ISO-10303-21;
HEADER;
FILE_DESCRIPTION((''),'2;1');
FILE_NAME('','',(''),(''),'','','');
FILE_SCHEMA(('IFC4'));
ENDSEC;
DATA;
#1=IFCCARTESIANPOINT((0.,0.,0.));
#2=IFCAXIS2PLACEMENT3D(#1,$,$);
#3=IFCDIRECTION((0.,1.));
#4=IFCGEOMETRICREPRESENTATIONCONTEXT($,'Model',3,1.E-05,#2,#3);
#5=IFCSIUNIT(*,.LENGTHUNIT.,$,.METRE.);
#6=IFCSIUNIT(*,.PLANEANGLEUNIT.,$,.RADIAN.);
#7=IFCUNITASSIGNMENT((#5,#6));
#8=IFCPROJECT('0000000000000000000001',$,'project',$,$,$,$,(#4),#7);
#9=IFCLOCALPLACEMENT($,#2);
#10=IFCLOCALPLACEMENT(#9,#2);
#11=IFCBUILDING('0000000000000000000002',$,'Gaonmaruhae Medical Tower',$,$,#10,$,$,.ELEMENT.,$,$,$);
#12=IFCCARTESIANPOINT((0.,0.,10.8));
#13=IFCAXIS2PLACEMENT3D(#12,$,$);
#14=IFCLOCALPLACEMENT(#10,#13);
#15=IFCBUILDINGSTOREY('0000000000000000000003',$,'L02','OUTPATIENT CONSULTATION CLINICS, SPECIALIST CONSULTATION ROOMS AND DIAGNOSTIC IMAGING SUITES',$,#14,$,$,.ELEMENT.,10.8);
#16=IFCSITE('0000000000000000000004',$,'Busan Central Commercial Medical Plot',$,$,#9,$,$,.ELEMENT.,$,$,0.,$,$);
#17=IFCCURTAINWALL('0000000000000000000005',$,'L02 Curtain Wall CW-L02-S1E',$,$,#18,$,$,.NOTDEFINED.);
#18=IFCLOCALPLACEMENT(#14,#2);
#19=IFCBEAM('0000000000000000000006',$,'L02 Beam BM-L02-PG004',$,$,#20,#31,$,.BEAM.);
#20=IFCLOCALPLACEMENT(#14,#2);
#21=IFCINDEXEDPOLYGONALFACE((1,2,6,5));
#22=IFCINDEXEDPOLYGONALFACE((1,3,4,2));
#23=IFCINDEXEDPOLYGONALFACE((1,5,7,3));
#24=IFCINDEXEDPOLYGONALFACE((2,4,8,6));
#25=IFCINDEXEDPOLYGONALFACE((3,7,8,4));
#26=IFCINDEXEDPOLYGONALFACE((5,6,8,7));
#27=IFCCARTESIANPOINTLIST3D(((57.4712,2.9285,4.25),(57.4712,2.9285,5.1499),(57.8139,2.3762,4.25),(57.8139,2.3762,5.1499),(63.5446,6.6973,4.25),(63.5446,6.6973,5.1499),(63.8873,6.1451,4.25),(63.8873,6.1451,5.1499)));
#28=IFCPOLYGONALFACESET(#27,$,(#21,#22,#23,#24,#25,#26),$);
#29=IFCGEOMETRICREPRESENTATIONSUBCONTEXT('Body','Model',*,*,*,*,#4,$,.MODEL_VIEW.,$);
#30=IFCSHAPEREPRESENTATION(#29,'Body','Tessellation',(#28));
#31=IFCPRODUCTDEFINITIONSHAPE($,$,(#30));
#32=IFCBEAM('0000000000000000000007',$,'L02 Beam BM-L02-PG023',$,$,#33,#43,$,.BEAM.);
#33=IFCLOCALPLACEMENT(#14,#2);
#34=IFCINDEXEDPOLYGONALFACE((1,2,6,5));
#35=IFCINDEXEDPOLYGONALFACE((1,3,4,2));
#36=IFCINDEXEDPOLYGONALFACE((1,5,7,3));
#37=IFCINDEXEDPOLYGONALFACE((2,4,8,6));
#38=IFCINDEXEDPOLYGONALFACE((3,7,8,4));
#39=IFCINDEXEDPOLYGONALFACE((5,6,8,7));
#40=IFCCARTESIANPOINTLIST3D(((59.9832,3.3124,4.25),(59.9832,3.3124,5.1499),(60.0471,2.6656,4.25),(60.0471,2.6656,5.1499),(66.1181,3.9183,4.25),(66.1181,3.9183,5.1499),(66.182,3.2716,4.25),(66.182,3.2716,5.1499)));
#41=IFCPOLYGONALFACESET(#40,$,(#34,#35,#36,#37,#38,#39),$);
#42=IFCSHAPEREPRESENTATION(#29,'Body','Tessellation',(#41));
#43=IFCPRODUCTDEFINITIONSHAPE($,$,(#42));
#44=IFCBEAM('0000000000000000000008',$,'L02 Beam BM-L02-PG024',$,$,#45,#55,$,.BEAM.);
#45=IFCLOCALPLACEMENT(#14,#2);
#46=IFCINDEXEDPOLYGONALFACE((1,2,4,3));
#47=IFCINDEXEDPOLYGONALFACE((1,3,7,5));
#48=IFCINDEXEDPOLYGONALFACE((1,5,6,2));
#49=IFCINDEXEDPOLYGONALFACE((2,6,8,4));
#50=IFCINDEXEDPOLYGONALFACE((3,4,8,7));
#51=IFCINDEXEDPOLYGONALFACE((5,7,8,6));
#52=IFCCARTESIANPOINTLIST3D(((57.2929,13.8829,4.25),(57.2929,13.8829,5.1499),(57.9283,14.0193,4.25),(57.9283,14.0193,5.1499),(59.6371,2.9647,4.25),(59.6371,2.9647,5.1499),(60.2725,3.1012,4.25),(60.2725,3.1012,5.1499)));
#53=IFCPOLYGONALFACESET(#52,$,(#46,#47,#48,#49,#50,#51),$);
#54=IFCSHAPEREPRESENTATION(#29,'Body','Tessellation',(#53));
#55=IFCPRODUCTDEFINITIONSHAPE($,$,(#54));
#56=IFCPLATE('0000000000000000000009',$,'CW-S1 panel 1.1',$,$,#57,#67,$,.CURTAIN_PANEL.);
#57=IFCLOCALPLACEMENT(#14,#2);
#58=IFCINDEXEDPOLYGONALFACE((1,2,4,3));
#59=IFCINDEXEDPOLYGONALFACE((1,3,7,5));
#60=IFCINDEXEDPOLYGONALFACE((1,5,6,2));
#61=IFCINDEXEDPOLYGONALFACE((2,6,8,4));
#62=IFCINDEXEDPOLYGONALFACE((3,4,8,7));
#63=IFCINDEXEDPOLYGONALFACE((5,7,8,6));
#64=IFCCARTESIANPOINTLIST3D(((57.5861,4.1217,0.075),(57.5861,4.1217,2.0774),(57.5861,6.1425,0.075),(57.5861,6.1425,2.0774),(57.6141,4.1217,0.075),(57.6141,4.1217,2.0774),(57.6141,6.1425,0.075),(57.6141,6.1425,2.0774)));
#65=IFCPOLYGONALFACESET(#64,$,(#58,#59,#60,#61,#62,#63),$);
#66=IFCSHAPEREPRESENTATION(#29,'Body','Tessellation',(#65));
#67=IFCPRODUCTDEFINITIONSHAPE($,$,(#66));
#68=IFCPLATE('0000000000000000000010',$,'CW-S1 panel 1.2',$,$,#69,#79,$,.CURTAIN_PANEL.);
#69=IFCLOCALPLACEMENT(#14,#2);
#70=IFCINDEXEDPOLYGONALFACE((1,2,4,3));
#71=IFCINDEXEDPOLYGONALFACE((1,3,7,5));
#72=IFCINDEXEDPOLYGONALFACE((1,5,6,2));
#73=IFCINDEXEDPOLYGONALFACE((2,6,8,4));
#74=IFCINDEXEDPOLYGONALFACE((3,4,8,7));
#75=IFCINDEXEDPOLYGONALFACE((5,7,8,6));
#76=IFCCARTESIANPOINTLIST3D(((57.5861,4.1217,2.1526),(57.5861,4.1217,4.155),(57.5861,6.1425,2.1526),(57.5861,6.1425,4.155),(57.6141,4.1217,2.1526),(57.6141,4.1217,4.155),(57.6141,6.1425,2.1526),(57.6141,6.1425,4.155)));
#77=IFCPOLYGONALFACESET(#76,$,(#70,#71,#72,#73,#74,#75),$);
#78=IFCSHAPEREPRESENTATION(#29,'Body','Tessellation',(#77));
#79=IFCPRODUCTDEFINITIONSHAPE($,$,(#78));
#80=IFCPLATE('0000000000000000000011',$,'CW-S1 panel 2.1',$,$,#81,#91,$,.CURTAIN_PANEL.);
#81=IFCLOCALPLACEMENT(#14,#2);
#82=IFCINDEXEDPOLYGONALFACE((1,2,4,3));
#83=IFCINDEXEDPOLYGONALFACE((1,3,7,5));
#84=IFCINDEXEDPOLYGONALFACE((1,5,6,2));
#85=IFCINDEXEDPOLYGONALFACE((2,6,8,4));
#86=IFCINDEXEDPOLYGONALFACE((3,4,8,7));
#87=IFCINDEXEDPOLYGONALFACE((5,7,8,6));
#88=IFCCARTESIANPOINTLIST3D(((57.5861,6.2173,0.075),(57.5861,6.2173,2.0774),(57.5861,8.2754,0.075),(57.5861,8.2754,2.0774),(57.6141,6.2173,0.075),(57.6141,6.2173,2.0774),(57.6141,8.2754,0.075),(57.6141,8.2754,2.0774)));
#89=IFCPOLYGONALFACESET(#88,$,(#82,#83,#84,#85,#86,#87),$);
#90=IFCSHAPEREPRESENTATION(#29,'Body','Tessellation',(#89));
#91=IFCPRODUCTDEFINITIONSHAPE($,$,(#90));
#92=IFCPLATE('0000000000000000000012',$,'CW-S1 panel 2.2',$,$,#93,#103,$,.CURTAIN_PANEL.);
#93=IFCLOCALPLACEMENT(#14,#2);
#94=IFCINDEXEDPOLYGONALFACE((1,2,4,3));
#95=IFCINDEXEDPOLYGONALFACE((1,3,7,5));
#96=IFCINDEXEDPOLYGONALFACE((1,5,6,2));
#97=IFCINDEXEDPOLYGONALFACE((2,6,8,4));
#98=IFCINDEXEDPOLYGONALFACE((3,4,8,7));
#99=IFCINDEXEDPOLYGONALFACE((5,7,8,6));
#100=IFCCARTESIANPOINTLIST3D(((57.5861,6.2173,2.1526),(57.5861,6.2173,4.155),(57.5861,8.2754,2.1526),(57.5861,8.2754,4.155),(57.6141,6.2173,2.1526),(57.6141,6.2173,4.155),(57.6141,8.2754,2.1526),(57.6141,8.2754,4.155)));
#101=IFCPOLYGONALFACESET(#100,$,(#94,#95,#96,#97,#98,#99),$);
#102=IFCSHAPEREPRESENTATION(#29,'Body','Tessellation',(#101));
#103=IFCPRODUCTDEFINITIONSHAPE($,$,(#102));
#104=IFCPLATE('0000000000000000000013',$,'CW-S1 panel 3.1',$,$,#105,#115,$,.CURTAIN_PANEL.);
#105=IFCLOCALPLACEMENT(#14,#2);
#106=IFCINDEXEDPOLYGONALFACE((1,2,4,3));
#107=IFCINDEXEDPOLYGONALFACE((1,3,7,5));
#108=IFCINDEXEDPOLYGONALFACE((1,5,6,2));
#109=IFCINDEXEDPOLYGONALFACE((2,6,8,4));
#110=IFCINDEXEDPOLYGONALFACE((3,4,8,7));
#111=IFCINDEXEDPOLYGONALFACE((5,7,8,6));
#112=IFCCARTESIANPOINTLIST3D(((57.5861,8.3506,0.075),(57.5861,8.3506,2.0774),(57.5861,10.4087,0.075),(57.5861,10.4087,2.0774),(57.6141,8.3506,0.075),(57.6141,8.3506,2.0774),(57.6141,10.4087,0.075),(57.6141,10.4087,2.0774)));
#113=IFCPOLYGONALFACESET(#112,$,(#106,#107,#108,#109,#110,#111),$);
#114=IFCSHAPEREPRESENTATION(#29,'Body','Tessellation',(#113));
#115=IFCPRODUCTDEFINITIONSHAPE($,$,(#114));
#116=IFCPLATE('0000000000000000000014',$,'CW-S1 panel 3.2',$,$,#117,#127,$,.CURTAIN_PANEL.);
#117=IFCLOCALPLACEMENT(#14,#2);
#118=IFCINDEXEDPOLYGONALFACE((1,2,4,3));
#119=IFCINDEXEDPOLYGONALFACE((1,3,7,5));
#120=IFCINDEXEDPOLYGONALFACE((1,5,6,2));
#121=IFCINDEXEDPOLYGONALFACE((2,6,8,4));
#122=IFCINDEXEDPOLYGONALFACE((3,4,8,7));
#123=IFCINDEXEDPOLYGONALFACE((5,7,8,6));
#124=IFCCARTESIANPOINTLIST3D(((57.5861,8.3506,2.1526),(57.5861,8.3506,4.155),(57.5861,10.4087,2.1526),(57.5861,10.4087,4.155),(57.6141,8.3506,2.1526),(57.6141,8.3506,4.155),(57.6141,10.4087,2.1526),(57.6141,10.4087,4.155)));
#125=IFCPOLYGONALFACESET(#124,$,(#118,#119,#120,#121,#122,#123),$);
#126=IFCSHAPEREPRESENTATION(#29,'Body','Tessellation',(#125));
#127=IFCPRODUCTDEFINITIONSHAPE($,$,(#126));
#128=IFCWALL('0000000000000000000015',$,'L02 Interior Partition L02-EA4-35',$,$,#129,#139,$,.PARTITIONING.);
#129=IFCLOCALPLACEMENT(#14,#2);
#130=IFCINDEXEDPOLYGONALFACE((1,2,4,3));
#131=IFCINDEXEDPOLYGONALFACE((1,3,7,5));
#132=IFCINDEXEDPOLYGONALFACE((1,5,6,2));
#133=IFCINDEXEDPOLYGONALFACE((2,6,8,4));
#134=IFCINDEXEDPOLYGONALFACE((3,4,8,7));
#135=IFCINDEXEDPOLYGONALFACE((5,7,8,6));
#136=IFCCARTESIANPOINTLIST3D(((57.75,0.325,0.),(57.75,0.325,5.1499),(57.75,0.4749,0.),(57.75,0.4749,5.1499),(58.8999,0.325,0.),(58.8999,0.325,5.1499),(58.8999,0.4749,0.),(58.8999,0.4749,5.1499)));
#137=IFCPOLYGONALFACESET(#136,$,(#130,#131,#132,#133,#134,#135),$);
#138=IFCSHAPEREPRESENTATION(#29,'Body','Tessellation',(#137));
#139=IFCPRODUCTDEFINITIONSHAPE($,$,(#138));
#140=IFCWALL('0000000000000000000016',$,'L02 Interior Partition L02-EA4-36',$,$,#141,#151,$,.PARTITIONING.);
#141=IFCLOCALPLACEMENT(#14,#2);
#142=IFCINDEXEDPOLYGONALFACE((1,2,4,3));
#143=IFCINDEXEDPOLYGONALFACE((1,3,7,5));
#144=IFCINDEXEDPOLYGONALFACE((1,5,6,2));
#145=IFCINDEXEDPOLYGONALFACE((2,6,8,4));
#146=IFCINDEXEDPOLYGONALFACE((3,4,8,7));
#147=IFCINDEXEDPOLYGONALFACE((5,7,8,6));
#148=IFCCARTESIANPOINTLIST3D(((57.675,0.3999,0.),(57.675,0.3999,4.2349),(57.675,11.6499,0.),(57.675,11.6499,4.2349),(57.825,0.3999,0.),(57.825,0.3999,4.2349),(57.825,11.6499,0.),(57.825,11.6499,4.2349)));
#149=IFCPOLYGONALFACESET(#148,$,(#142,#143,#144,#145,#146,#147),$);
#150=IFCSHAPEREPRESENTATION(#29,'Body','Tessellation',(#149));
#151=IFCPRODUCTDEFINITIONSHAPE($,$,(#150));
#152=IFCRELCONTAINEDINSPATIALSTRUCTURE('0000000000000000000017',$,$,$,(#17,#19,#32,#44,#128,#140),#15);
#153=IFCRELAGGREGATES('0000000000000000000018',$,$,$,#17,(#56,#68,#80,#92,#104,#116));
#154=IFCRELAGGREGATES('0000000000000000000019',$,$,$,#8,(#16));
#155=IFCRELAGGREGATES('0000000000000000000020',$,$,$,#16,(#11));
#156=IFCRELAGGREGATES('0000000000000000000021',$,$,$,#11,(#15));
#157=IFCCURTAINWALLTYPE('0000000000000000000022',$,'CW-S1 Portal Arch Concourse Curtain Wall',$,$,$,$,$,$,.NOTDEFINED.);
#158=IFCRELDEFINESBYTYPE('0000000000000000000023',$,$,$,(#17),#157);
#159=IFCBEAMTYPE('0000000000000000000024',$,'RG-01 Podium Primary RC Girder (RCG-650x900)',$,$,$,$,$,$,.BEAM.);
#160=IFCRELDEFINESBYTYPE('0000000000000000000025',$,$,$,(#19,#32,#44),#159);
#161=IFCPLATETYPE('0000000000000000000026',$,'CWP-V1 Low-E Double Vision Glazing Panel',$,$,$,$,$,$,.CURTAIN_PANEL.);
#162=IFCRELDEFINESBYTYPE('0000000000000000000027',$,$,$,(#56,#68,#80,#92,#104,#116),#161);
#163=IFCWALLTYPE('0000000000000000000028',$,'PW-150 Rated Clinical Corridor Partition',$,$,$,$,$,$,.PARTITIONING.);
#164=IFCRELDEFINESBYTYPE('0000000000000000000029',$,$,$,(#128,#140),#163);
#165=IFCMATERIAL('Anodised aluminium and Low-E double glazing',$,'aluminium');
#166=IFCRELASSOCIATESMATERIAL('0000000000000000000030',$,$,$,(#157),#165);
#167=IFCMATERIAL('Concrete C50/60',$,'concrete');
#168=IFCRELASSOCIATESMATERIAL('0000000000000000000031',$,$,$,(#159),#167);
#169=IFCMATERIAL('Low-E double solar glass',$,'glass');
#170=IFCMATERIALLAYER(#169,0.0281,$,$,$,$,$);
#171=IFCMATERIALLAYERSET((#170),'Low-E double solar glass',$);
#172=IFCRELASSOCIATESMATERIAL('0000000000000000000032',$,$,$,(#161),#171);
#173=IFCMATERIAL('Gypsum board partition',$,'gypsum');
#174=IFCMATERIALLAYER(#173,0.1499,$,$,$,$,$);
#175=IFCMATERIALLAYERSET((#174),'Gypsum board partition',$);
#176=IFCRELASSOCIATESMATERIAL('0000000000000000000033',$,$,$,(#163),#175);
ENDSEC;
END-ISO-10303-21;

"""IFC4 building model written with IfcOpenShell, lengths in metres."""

from ifc_helpers import new_model, si_unit, direction, frame, frame_2d, origin, origin_2d, place, context, subcontext, project, spatial, rectangle, extrude, material, layer, layer_set, material_profile, profile_set, type_object, element, aggregate, save


model = new_model("IFC4")

# Units and contexts
model_context = context("Model", 3, precision=1e-05, world=origin(), true_north=direction((0.0, 1.0)))
body_context = subcontext(model_context, "Body", "Model", "MODEL_VIEW")
ifc_project = project(units=[si_unit("LENGTHUNIT", "METRE"), si_unit("PLANEANGLEUNIT", "RADIAN")], contexts=[model_context])

# Site, building, storey
site_placement = place(None, origin())
site = spatial("IfcSite", under=ifc_project, at=site_placement, Name="Busan Central Commercial Medical Plot", CompositionType="ELEMENT", RefElevation=0.0)
building_placement = place(site_placement, origin())
building = spatial("IfcBuilding", under=site, at=building_placement, Name="Gaonmaruhae Medical Tower", CompositionType="ELEMENT")
storey_placement = place(building_placement, frame((0.0, 0.0, 10.8)))
storey = spatial("IfcBuildingStorey", under=building, at=storey_placement, Name="L02", Description="OUTPATIENT CONSULTATION CLINICS, SPECIALIST CONSULTATION ROOMS AND DIAGNOSTIC IMAGING SUITES", CompositionType="ELEMENT", Elevation=10.8)

# Shared definitions
ifc_material_1 = material(Name="Concrete C50/60", Category="concrete")

# Curtain wall
ifc_material_2 = material(Name="Anodised aluminium and Low-E double glazing", Category="aluminium")
curtain_wall_type = type_object("IfcCurtainWallType", Name="CW-S1 Portal Arch Concourse Curtain Wall", PredefinedType="NOTDEFINED", material=ifc_material_2)
curtain_wall_placement = place(storey_placement, origin())
curtain_wall = element("IfcCurtainWall", 1, at=curtain_wall_placement, inside=storey, type_object=curtain_wall_type, Name="L02 Curtain Wall CW-L02-S1E", PredefinedType="NOTDEFINED")

# Beams
ifc_material_profile_1 = material_profile(ifc_material_1, rectangle(XDim=0.6499, YDim=0.8999, at=origin_2d()), Name="RCG-650x900")
ifc_profile_set_1 = profile_set([ifc_material_profile_1], Name="Concrete C50/60")
beam_type = type_object("IfcBeamType", Name="RG-01 Podium Primary RC Girder (RCG-650x900)", PredefinedType="BEAM", material=ifc_profile_set_1)
beam_1_placement = place(storey_placement, frame((57.6426, 2.6523, 4.7), z_axis=(0.84969, 0.527282, 0.0), x_axis=(-0.527282, 0.84969, 0.0)))
element("IfcBeam", 2, at=beam_1_placement, inside=storey, type_object=beam_type, Name="L02 Beam BM-L02-PG004", PredefinedType="BEAM", context=body_context, shape_type="SweptSolid", body=[
    extrude(rectangle(XDim=0.6499, YDim=0.8999, at=origin_2d()), origin(), (0.0, 0.0, 1.0), 7.1477),
])
beam_2_placement = place(storey_placement, frame((60.0151, 2.989, 4.7), z_axis=(0.995158, 0.098292, 0.0), x_axis=(-0.098292, 0.995158, 0.0)))
element("IfcBeam", 3, at=beam_2_placement, inside=storey, type_object=beam_type, Name="L02 Beam BM-L02-PG023", PredefinedType="BEAM", context=body_context, shape_type="SweptSolid", body=[
    extrude(rectangle(XDim=0.6499, YDim=0.8999, at=origin_2d()), origin(), (0.0, 0.0, 1.0), 6.1648),
])
beam_3_placement = place(storey_placement, frame((59.9548, 3.033, 4.7), z_axis=(-0.209925, 0.977718, 0.0), x_axis=(-0.977718, -0.209925, 0.0)))
element("IfcBeam", 4, at=beam_3_placement, inside=storey, type_object=beam_type, Name="L02 Beam BM-L02-PG024", PredefinedType="BEAM", context=body_context, shape_type="SweptSolid", body=[
    extrude(rectangle(XDim=0.6499, YDim=0.8999, at=origin_2d()), origin(), (0.0, 0.0, 1.0), 11.167),
])

# Plates
ifc_material_3 = material(Name="Low-E double solar glass", Category="glass")
ifc_layer_1 = layer(ifc_material_3, 0.0281)
ifc_layer_set_1 = layer_set([ifc_layer_1], Name="Low-E double solar glass")
plate_type = type_object("IfcPlateType", Name="CWP-V1 Low-E Double Vision Glazing Panel", PredefinedType="CURTAIN_PANEL", material=ifc_layer_set_1)
plate_1_placement = place(storey_placement, frame((57.6001, 5.1321, 0.075), z_axis=(0.0, 0.0, 1.0), x_axis=(0.0, 1.0, 0.0)))
plate_1 = element("IfcPlate", 5, at=plate_1_placement, type_object=plate_type, Name="CW-S1 panel 1.1", PredefinedType="CURTAIN_PANEL", context=body_context, shape_type="SweptSolid", body=[
    extrude(rectangle(XDim=2.0208, YDim=0.0281, at=origin_2d()), origin(), (0.0, 0.0, 1.0), 2.0024),
])
plate_2_placement = place(storey_placement, frame((57.6001, 5.1321, 2.1526), z_axis=(0.0, 0.0, 1.0), x_axis=(0.0, 1.0, 0.0)))
plate_2 = element("IfcPlate", 6, at=plate_2_placement, type_object=plate_type, Name="CW-S1 panel 1.2", PredefinedType="CURTAIN_PANEL", context=body_context, shape_type="SweptSolid", body=[
    extrude(rectangle(XDim=2.0208, YDim=0.0281, at=origin_2d()), origin(), (0.0, 0.0, 1.0), 2.0024),
])
plate_3_placement = place(storey_placement, frame((57.6001, 7.2463, 0.075), z_axis=(0.0, 0.0, 1.0), x_axis=(0.0, 1.0, 0.0)))
plate_3 = element("IfcPlate", 7, at=plate_3_placement, type_object=plate_type, Name="CW-S1 panel 2.1", PredefinedType="CURTAIN_PANEL", context=body_context, shape_type="SweptSolid", body=[
    extrude(rectangle(XDim=2.0581, YDim=0.0281, at=origin_2d()), origin(), (0.0, 0.0, 1.0), 2.0024),
])
plate_4_placement = place(storey_placement, frame((57.6001, 7.2463, 2.1526), z_axis=(0.0, 0.0, 1.0), x_axis=(0.0, 1.0, 0.0)))
plate_4 = element("IfcPlate", 8, at=plate_4_placement, type_object=plate_type, Name="CW-S1 panel 2.2", PredefinedType="CURTAIN_PANEL", context=body_context, shape_type="SweptSolid", body=[
    extrude(rectangle(XDim=2.0581, YDim=0.0281, at=origin_2d()), origin(), (0.0, 0.0, 1.0), 2.0024),
])
plate_5_placement = place(storey_placement, frame((57.6001, 9.3796, 0.075), z_axis=(0.0, 0.0, 1.0), x_axis=(0.0, 1.0, 0.0)))
plate_5 = element("IfcPlate", 9, at=plate_5_placement, type_object=plate_type, Name="CW-S1 panel 3.1", PredefinedType="CURTAIN_PANEL", context=body_context, shape_type="SweptSolid", body=[
    extrude(rectangle(XDim=2.0581, YDim=0.0281, at=origin_2d()), origin(), (0.0, 0.0, 1.0), 2.0024),
])
plate_6_placement = place(storey_placement, frame((57.6001, 9.3796, 2.1526), z_axis=(0.0, 0.0, 1.0), x_axis=(0.0, 1.0, 0.0)))
plate_6 = element("IfcPlate", 10, at=plate_6_placement, type_object=plate_type, Name="CW-S1 panel 3.2", PredefinedType="CURTAIN_PANEL", context=body_context, shape_type="SweptSolid", body=[
    extrude(rectangle(XDim=2.0581, YDim=0.0281, at=origin_2d()), origin(), (0.0, 0.0, 1.0), 2.0024),
])
aggregate(curtain_wall, [plate_1, plate_2, plate_3, plate_4, plate_5, plate_6])

# Walls
ifc_material_4 = material(Name="Gypsum board partition", Category="gypsum")
ifc_layer_2 = layer(ifc_material_4, 0.1499)
ifc_layer_set_2 = layer_set([ifc_layer_2], Name="Gypsum board partition")
wall_type = type_object("IfcWallType", Name="PW-150 Rated Clinical Corridor Partition", PredefinedType="PARTITIONING", material=ifc_layer_set_2)
wall_1_placement = place(storey_placement, frame((58.8999, 0.3999, 0.0), z_axis=(0.0, 0.0, 1.0), x_axis=(-1.0, 0.0, 0.0)))
element("IfcWall", 11, at=wall_1_placement, inside=storey, type_object=wall_type, Name="L02 Interior Partition L02-EA4-35", PredefinedType="PARTITIONING", context=body_context, shape_type="SweptSolid", body=[
    extrude(rectangle(XDim=1.1499, YDim=0.1499, at=frame_2d((0.575, 0.0))), origin(), (0.0, 0.0, 1.0), 5.1499),
])
wall_2_placement = place(storey_placement, frame((57.75, 0.3999, 0.0), z_axis=(0.0, 0.0, 1.0), x_axis=(0.0, 1.0, 0.0)))
element("IfcWall", 12, at=wall_2_placement, inside=storey, type_object=wall_type, Name="L02 Interior Partition L02-EA4-36", PredefinedType="PARTITIONING", context=body_context, shape_type="SweptSolid", body=[
    extrude(rectangle(XDim=11.25, YDim=0.1499, at=frame_2d((5.625, 0.0))), origin(), (0.0, 0.0, 1.0), 4.2349),
])

save(model, "model.ifc")
